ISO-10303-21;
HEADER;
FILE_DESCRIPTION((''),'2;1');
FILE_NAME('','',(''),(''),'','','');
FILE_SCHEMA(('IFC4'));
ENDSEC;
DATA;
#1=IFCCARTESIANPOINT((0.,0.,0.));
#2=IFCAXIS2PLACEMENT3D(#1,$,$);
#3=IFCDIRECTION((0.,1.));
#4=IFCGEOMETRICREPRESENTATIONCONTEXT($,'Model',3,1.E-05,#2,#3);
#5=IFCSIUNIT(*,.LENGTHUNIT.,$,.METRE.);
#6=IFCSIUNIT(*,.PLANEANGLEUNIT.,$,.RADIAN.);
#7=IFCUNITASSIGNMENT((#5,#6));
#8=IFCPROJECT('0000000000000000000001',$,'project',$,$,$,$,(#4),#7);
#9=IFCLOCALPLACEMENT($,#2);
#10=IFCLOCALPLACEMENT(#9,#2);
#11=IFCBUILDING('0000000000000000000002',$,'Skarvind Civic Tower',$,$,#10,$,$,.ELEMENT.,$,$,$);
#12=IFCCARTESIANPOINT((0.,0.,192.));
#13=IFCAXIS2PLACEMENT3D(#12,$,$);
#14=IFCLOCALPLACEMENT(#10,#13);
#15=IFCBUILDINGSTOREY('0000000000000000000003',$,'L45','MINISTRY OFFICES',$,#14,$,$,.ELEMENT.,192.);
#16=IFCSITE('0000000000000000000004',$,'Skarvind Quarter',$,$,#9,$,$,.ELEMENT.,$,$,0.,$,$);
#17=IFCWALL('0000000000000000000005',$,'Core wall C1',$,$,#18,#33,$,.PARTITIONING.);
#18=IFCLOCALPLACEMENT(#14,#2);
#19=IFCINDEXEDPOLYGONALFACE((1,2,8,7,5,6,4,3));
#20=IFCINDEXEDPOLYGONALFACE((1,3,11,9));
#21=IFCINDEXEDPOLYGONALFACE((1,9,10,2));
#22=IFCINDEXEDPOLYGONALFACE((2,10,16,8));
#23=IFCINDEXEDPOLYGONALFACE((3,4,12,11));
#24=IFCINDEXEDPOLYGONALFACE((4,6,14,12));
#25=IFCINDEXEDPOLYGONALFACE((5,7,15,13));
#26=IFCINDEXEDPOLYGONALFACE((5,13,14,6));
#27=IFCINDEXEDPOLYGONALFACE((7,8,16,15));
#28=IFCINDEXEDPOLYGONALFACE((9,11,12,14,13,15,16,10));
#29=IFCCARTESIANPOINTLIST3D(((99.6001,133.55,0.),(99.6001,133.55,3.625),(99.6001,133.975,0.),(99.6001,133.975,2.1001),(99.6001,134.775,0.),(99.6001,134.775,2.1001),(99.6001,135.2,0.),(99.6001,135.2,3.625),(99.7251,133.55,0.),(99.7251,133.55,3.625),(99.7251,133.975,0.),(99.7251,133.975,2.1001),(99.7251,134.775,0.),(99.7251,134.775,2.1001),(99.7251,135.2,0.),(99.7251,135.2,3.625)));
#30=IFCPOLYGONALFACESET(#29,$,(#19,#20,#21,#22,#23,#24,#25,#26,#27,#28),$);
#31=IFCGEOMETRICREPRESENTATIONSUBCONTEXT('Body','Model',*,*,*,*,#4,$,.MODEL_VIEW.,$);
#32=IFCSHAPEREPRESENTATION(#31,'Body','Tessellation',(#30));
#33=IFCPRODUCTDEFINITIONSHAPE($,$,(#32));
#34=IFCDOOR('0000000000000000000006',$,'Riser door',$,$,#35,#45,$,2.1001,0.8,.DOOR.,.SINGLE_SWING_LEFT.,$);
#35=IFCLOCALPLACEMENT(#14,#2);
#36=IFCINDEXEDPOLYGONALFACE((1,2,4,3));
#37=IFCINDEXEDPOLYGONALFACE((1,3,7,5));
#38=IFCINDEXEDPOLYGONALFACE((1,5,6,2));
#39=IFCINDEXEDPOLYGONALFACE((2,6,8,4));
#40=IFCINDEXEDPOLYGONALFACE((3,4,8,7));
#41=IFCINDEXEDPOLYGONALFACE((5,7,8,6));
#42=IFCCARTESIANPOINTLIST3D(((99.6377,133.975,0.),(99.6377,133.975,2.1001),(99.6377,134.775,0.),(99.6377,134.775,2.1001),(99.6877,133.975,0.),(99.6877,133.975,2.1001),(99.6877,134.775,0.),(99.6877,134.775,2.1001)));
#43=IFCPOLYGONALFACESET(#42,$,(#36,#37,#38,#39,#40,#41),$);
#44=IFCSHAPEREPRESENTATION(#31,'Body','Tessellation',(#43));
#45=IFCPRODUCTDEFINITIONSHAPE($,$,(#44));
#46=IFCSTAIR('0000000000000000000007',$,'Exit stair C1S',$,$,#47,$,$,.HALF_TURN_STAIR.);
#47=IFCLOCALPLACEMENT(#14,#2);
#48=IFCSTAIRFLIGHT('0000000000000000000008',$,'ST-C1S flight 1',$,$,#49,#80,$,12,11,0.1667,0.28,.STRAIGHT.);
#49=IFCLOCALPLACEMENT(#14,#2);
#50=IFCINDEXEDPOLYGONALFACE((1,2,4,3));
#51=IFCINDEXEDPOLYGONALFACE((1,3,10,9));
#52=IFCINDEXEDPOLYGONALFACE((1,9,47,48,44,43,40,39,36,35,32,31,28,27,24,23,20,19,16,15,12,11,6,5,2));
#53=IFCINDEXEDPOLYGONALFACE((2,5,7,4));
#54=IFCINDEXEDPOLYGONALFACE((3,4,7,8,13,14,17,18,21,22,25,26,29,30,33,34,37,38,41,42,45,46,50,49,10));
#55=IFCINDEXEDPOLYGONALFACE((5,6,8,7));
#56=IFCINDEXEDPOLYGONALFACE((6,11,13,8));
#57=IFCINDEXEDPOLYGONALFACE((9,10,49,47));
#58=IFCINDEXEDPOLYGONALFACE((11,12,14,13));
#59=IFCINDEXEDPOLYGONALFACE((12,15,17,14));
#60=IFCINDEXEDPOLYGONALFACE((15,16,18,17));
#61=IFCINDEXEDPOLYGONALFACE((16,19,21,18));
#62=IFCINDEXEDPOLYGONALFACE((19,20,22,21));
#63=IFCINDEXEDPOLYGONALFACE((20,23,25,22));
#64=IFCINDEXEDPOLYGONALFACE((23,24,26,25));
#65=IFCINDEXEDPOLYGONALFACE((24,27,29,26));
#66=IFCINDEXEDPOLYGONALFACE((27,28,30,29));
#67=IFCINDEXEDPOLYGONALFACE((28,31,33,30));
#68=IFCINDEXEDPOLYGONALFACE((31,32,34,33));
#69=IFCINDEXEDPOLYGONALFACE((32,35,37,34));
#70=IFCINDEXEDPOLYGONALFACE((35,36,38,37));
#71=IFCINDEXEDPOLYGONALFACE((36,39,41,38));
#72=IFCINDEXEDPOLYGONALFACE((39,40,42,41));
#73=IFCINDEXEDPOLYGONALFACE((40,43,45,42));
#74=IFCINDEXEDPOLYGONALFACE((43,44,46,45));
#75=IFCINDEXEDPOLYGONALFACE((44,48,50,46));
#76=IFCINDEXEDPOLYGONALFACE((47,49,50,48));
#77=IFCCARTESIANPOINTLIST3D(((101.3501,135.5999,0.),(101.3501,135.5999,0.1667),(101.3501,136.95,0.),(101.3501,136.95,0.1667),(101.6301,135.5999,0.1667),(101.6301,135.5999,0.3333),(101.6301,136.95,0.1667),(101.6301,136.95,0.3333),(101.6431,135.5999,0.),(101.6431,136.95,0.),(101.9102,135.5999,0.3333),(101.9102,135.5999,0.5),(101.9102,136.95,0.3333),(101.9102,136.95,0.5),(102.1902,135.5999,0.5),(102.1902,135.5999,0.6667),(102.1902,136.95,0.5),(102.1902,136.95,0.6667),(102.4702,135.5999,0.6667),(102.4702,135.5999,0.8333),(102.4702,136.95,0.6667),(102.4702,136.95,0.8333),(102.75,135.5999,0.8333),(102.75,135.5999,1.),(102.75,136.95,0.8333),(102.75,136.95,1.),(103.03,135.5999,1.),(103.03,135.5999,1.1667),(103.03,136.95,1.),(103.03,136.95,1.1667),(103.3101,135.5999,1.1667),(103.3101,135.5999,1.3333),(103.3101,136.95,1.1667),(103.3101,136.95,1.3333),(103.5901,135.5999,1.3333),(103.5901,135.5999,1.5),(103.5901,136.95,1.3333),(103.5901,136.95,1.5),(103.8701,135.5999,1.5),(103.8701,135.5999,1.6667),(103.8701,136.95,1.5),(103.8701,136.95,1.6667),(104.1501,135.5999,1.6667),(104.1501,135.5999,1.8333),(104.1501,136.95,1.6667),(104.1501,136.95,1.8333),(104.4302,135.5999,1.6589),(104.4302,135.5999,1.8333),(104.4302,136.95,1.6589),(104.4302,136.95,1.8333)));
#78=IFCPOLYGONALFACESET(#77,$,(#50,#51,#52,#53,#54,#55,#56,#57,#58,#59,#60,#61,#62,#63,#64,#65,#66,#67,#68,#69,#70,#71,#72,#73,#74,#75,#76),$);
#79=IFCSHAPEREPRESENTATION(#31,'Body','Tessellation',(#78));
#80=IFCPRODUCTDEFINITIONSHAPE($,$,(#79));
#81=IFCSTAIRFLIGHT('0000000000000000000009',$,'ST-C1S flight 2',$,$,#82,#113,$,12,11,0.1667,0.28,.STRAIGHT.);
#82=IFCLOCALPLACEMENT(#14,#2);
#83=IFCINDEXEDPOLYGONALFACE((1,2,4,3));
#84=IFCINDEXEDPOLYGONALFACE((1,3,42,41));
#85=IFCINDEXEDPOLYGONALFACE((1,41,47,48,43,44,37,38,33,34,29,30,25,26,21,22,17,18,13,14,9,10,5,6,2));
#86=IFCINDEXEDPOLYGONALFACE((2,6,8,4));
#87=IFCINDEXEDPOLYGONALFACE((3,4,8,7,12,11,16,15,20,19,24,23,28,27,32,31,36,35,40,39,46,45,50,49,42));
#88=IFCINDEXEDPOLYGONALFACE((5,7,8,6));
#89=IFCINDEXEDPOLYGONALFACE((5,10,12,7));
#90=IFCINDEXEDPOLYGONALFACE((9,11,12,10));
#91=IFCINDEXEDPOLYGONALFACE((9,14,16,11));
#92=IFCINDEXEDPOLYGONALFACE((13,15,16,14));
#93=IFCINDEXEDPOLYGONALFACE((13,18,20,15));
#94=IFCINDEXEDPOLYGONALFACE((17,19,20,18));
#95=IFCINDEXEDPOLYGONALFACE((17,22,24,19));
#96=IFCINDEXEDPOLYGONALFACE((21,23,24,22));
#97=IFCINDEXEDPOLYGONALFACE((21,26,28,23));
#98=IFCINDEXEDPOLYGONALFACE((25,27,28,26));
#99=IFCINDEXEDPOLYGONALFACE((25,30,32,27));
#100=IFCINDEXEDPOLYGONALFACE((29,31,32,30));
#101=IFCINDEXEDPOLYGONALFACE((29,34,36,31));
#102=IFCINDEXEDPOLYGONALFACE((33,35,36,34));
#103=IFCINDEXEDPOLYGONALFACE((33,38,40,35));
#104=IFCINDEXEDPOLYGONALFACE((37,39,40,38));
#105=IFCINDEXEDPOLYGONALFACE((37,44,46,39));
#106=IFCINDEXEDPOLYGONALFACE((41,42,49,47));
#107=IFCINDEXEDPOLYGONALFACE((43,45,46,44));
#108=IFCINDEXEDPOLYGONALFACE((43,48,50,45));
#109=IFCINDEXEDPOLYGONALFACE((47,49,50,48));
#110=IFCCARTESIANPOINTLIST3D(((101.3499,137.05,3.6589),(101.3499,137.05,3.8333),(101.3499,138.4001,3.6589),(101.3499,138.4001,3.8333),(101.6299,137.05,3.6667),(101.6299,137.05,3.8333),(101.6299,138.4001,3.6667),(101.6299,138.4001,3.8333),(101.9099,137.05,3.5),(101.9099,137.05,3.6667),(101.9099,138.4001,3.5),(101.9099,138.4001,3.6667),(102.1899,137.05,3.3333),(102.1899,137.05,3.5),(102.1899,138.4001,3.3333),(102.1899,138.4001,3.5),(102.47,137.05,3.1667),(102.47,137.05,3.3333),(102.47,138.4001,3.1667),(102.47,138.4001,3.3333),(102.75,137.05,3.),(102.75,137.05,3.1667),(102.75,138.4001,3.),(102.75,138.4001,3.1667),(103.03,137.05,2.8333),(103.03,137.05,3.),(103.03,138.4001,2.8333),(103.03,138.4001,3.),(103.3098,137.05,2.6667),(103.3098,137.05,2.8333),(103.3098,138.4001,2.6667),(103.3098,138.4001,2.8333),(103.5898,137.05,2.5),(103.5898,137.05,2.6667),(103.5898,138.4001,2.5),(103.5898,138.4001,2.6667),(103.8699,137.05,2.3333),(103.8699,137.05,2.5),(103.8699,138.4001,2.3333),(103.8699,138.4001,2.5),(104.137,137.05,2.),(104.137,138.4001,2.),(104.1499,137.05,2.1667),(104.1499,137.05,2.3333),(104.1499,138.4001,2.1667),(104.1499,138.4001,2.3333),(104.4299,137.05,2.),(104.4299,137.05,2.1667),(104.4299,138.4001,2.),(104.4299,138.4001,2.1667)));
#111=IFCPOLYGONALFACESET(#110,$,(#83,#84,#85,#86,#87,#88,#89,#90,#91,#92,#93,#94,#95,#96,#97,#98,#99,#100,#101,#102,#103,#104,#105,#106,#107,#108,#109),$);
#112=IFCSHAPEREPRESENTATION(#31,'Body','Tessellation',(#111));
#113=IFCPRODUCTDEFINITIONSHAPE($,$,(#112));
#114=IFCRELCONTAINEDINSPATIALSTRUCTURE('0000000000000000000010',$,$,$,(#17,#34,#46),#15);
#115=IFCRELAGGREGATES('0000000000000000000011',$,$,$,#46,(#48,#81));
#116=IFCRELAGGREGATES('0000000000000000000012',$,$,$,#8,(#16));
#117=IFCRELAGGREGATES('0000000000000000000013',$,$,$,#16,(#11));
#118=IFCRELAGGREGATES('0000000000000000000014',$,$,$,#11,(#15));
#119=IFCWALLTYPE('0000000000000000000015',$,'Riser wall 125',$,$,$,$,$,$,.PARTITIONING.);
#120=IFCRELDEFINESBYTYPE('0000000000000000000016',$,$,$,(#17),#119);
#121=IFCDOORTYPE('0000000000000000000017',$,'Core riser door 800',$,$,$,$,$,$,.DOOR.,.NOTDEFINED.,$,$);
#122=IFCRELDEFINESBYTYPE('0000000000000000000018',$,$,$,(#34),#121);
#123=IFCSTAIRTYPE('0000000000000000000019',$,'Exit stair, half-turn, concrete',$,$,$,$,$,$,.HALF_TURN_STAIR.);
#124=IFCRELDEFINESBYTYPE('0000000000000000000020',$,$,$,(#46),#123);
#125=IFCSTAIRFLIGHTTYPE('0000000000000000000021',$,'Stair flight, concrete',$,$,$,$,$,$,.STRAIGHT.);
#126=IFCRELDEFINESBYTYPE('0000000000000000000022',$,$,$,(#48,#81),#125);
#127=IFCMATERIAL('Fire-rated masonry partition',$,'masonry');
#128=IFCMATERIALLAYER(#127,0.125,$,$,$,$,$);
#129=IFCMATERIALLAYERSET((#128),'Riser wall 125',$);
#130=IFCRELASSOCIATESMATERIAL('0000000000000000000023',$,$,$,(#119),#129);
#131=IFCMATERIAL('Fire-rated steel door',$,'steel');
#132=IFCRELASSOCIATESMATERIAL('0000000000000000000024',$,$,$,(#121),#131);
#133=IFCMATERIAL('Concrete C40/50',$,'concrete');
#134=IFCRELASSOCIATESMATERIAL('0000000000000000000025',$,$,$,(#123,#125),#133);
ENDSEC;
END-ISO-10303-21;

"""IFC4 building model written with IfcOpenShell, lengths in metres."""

from ifc_helpers import new_model, si_unit, direction, frame, frame_2d, origin, place, context, subcontext, project, spatial, polyline, rectangle, outline, extrude, material, layer, layer_set, type_object, element, fill, aggregate, save


model = new_model("IFC4")

# Units and contexts
model_context = context("Model", 3, precision=1e-05, world=origin(), true_north=direction((0.0, 1.0)))
body_context = subcontext(model_context, "Body", "Model", "MODEL_VIEW")
ifc_project = project(units=[si_unit("LENGTHUNIT", "METRE"), si_unit("PLANEANGLEUNIT", "RADIAN")], contexts=[model_context])

# Site, building, storey
site_placement = place(None, origin())
site = spatial("IfcSite", under=ifc_project, at=site_placement, Name="Skarvind Quarter", CompositionType="ELEMENT", RefElevation=0.0)
building_placement = place(site_placement, origin())
building = spatial("IfcBuilding", under=site, at=building_placement, Name="Skarvind Civic Tower", CompositionType="ELEMENT")
storey_placement = place(building_placement, frame((0.0, 0.0, 192.0)))
storey = spatial("IfcBuildingStorey", under=building, at=storey_placement, Name="L45", Description="MINISTRY OFFICES", CompositionType="ELEMENT", Elevation=192.0)

# Shared definitions
ifc_material_1 = material(Name="Fire-rated steel door", Category="steel")

# Wall, opening, door
ifc_material_2 = material(Name="Fire-rated masonry partition", Category="masonry")
ifc_layer_1 = layer(ifc_material_2, 0.125)
ifc_layer_set_1 = layer_set([ifc_layer_1], Name="Riser wall 125")
wall_type_1 = type_object("IfcWallType", Name="Riser wall 125", PredefinedType="PARTITIONING", material=ifc_layer_set_1)
wall_1_placement = place(storey_placement, frame((99.6626, 133.55, 0.0), z_axis=(0.0, 0.0, 1.0), x_axis=(0.0, 1.0, 0.0)))
wall_1 = element("IfcWall", 1, at=wall_1_placement, inside=storey, type_object=wall_type_1, Name="Core wall C1", PredefinedType="PARTITIONING", context=body_context, shape_type="SweptSolid", body=[
    extrude(rectangle(XDim=1.6499, YDim=0.125, at=frame_2d((0.825, 0.0))), origin(), (0.0, 0.0, 1.0), 3.625),
])
opening_1_placement = place(wall_1_placement, frame((0.425, 0.0, 0.0)))
opening_1 = element("IfcOpeningElement", 2, at=opening_1_placement, cuts=wall_1, PredefinedType="OPENING", context=body_context, shape_type="SweptSolid", body=[
    extrude(rectangle(XDim=0.8, YDim=2.1001, at=frame_2d((0.3999, 1.05))), frame((0.0, 0.0725, 0.0), z_axis=(0.0, -1.0, 0.0), x_axis=(1.0, 0.0, 0.0)), (0.0, 0.0, 1.0), 0.145),
])
door_type_1 = type_object("IfcDoorType", Name="Core riser door 800", OperationType="NOTDEFINED", PredefinedType="DOOR", material=ifc_material_1)
door_1_placement = place(opening_1_placement, origin())
door_1 = element("IfcDoor", 3, at=door_1_placement, inside=storey, type_object=door_type_1, Name="Riser door", OperationType="SINGLE_SWING_LEFT", OverallHeight=2.1001, OverallWidth=0.8, PredefinedType="DOOR", context=body_context, shape_type="SweptSolid", body=[
    extrude(rectangle(XDim=0.8, YDim=2.1001, at=frame_2d((0.3999, 1.05))), frame((0.0, 0.0249, 0.0), z_axis=(0.0, -1.0, 0.0), x_axis=(1.0, 0.0, 0.0)), (0.0, 0.0, 1.0), 0.05),
])
fill(opening_1, door_1)

# Stair, stair flights
ifc_material_3 = material(Name="Concrete C40/50", Category="concrete")
stair_type = type_object("IfcStairType", Name="Exit stair, half-turn, concrete", PredefinedType="HALF_TURN_STAIR", material=ifc_material_3)
stair_placement = place(storey_placement, origin())
stair = element("IfcStair", 4, at=stair_placement, inside=storey, type_object=stair_type, Name="Exit stair C1S", PredefinedType="HALF_TURN_STAIR")
stair_flight_type = type_object("IfcStairFlightType", Name="Stair flight, concrete", PredefinedType="STRAIGHT", material=ifc_material_3)
stair_flight_1_placement = place(storey_placement, frame((101.3501, 136.2749, 0.0), z_axis=(0.0, 0.0, 1.0), x_axis=(1.0, 0.0, 0.0)))
stair_flight_1 = element("IfcStairFlight", 5, at=stair_flight_1_placement, type_object=stair_flight_type, Name="ST-C1S flight 1", NumberOfRisers=12, NumberOfTreads=11, PredefinedType="STRAIGHT", RiserHeight=0.1667, TreadLength=0.28, context=body_context, shape_type="SweptSolid", body=[
    extrude(outline(polyline([(0.0, 0.0), (0.0, 0.1667), (0.28, 0.1667), (0.28, 0.3333), (0.5601, 0.3333), (0.5601, 0.5), (0.8401, 0.5), (0.8401, 0.6667), (1.1201, 0.6667), (1.1201, 0.8333), (1.3999, 0.8333), (1.3999, 1.0), (1.6799, 1.0), (1.6799, 1.1667), (1.96, 1.1667), (1.96, 1.3333), (2.24, 1.3333), (2.24, 1.5), (2.52, 1.5), (2.52, 1.6667), (2.8, 1.6667), (2.8, 1.8333), (3.0801, 1.8333), (3.0801, 2.0), (3.0801, 1.6589), (0.293, 0.0), (0.0, 0.0)])), frame((0.0, 0.675, 0.0), z_axis=(0.0, -1.0, 0.0), x_axis=(1.0, 0.0, 0.0)), (0.0, 0.0, 1.0), 1.3501),
])
stair_flight_2_placement = place(storey_placement, frame((104.4299, 137.7251, 2.0), z_axis=(0.0, 0.0, 1.0), x_axis=(-1.0, 0.0, 0.0)))
stair_flight_2 = element("IfcStairFlight", 6, at=stair_flight_2_placement, type_object=stair_flight_type, Name="ST-C1S flight 2", NumberOfRisers=12, NumberOfTreads=11, PredefinedType="STRAIGHT", RiserHeight=0.1667, TreadLength=0.28, context=body_context, shape_type="SweptSolid", body=[
    extrude(outline(polyline([(0.0, 0.0), (0.0, 0.1667), (0.28, 0.1667), (0.28, 0.3333), (0.5601, 0.3333), (0.5601, 0.5), (0.8401, 0.5), (0.8401, 0.6667), (1.1201, 0.6667), (1.1201, 0.8333), (1.3999, 0.8333), (1.3999, 1.0), (1.6799, 1.0), (1.6799, 1.1667), (1.96, 1.1667), (1.96, 1.3333), (2.24, 1.3333), (2.24, 1.5), (2.52, 1.5), (2.52, 1.6667), (2.8, 1.6667), (2.8, 1.8333), (3.0801, 1.8333), (3.0801, 2.0), (3.0801, 1.6589), (0.293, 0.0), (0.0, 0.0)])), frame((0.0, 0.675, 0.0), z_axis=(0.0, -1.0, 0.0), x_axis=(1.0, 0.0, 0.0)), (0.0, 0.0, 1.0), 1.3501),
])
aggregate(stair, [stair_flight_1, stair_flight_2])

save(model, "model.ifc")
